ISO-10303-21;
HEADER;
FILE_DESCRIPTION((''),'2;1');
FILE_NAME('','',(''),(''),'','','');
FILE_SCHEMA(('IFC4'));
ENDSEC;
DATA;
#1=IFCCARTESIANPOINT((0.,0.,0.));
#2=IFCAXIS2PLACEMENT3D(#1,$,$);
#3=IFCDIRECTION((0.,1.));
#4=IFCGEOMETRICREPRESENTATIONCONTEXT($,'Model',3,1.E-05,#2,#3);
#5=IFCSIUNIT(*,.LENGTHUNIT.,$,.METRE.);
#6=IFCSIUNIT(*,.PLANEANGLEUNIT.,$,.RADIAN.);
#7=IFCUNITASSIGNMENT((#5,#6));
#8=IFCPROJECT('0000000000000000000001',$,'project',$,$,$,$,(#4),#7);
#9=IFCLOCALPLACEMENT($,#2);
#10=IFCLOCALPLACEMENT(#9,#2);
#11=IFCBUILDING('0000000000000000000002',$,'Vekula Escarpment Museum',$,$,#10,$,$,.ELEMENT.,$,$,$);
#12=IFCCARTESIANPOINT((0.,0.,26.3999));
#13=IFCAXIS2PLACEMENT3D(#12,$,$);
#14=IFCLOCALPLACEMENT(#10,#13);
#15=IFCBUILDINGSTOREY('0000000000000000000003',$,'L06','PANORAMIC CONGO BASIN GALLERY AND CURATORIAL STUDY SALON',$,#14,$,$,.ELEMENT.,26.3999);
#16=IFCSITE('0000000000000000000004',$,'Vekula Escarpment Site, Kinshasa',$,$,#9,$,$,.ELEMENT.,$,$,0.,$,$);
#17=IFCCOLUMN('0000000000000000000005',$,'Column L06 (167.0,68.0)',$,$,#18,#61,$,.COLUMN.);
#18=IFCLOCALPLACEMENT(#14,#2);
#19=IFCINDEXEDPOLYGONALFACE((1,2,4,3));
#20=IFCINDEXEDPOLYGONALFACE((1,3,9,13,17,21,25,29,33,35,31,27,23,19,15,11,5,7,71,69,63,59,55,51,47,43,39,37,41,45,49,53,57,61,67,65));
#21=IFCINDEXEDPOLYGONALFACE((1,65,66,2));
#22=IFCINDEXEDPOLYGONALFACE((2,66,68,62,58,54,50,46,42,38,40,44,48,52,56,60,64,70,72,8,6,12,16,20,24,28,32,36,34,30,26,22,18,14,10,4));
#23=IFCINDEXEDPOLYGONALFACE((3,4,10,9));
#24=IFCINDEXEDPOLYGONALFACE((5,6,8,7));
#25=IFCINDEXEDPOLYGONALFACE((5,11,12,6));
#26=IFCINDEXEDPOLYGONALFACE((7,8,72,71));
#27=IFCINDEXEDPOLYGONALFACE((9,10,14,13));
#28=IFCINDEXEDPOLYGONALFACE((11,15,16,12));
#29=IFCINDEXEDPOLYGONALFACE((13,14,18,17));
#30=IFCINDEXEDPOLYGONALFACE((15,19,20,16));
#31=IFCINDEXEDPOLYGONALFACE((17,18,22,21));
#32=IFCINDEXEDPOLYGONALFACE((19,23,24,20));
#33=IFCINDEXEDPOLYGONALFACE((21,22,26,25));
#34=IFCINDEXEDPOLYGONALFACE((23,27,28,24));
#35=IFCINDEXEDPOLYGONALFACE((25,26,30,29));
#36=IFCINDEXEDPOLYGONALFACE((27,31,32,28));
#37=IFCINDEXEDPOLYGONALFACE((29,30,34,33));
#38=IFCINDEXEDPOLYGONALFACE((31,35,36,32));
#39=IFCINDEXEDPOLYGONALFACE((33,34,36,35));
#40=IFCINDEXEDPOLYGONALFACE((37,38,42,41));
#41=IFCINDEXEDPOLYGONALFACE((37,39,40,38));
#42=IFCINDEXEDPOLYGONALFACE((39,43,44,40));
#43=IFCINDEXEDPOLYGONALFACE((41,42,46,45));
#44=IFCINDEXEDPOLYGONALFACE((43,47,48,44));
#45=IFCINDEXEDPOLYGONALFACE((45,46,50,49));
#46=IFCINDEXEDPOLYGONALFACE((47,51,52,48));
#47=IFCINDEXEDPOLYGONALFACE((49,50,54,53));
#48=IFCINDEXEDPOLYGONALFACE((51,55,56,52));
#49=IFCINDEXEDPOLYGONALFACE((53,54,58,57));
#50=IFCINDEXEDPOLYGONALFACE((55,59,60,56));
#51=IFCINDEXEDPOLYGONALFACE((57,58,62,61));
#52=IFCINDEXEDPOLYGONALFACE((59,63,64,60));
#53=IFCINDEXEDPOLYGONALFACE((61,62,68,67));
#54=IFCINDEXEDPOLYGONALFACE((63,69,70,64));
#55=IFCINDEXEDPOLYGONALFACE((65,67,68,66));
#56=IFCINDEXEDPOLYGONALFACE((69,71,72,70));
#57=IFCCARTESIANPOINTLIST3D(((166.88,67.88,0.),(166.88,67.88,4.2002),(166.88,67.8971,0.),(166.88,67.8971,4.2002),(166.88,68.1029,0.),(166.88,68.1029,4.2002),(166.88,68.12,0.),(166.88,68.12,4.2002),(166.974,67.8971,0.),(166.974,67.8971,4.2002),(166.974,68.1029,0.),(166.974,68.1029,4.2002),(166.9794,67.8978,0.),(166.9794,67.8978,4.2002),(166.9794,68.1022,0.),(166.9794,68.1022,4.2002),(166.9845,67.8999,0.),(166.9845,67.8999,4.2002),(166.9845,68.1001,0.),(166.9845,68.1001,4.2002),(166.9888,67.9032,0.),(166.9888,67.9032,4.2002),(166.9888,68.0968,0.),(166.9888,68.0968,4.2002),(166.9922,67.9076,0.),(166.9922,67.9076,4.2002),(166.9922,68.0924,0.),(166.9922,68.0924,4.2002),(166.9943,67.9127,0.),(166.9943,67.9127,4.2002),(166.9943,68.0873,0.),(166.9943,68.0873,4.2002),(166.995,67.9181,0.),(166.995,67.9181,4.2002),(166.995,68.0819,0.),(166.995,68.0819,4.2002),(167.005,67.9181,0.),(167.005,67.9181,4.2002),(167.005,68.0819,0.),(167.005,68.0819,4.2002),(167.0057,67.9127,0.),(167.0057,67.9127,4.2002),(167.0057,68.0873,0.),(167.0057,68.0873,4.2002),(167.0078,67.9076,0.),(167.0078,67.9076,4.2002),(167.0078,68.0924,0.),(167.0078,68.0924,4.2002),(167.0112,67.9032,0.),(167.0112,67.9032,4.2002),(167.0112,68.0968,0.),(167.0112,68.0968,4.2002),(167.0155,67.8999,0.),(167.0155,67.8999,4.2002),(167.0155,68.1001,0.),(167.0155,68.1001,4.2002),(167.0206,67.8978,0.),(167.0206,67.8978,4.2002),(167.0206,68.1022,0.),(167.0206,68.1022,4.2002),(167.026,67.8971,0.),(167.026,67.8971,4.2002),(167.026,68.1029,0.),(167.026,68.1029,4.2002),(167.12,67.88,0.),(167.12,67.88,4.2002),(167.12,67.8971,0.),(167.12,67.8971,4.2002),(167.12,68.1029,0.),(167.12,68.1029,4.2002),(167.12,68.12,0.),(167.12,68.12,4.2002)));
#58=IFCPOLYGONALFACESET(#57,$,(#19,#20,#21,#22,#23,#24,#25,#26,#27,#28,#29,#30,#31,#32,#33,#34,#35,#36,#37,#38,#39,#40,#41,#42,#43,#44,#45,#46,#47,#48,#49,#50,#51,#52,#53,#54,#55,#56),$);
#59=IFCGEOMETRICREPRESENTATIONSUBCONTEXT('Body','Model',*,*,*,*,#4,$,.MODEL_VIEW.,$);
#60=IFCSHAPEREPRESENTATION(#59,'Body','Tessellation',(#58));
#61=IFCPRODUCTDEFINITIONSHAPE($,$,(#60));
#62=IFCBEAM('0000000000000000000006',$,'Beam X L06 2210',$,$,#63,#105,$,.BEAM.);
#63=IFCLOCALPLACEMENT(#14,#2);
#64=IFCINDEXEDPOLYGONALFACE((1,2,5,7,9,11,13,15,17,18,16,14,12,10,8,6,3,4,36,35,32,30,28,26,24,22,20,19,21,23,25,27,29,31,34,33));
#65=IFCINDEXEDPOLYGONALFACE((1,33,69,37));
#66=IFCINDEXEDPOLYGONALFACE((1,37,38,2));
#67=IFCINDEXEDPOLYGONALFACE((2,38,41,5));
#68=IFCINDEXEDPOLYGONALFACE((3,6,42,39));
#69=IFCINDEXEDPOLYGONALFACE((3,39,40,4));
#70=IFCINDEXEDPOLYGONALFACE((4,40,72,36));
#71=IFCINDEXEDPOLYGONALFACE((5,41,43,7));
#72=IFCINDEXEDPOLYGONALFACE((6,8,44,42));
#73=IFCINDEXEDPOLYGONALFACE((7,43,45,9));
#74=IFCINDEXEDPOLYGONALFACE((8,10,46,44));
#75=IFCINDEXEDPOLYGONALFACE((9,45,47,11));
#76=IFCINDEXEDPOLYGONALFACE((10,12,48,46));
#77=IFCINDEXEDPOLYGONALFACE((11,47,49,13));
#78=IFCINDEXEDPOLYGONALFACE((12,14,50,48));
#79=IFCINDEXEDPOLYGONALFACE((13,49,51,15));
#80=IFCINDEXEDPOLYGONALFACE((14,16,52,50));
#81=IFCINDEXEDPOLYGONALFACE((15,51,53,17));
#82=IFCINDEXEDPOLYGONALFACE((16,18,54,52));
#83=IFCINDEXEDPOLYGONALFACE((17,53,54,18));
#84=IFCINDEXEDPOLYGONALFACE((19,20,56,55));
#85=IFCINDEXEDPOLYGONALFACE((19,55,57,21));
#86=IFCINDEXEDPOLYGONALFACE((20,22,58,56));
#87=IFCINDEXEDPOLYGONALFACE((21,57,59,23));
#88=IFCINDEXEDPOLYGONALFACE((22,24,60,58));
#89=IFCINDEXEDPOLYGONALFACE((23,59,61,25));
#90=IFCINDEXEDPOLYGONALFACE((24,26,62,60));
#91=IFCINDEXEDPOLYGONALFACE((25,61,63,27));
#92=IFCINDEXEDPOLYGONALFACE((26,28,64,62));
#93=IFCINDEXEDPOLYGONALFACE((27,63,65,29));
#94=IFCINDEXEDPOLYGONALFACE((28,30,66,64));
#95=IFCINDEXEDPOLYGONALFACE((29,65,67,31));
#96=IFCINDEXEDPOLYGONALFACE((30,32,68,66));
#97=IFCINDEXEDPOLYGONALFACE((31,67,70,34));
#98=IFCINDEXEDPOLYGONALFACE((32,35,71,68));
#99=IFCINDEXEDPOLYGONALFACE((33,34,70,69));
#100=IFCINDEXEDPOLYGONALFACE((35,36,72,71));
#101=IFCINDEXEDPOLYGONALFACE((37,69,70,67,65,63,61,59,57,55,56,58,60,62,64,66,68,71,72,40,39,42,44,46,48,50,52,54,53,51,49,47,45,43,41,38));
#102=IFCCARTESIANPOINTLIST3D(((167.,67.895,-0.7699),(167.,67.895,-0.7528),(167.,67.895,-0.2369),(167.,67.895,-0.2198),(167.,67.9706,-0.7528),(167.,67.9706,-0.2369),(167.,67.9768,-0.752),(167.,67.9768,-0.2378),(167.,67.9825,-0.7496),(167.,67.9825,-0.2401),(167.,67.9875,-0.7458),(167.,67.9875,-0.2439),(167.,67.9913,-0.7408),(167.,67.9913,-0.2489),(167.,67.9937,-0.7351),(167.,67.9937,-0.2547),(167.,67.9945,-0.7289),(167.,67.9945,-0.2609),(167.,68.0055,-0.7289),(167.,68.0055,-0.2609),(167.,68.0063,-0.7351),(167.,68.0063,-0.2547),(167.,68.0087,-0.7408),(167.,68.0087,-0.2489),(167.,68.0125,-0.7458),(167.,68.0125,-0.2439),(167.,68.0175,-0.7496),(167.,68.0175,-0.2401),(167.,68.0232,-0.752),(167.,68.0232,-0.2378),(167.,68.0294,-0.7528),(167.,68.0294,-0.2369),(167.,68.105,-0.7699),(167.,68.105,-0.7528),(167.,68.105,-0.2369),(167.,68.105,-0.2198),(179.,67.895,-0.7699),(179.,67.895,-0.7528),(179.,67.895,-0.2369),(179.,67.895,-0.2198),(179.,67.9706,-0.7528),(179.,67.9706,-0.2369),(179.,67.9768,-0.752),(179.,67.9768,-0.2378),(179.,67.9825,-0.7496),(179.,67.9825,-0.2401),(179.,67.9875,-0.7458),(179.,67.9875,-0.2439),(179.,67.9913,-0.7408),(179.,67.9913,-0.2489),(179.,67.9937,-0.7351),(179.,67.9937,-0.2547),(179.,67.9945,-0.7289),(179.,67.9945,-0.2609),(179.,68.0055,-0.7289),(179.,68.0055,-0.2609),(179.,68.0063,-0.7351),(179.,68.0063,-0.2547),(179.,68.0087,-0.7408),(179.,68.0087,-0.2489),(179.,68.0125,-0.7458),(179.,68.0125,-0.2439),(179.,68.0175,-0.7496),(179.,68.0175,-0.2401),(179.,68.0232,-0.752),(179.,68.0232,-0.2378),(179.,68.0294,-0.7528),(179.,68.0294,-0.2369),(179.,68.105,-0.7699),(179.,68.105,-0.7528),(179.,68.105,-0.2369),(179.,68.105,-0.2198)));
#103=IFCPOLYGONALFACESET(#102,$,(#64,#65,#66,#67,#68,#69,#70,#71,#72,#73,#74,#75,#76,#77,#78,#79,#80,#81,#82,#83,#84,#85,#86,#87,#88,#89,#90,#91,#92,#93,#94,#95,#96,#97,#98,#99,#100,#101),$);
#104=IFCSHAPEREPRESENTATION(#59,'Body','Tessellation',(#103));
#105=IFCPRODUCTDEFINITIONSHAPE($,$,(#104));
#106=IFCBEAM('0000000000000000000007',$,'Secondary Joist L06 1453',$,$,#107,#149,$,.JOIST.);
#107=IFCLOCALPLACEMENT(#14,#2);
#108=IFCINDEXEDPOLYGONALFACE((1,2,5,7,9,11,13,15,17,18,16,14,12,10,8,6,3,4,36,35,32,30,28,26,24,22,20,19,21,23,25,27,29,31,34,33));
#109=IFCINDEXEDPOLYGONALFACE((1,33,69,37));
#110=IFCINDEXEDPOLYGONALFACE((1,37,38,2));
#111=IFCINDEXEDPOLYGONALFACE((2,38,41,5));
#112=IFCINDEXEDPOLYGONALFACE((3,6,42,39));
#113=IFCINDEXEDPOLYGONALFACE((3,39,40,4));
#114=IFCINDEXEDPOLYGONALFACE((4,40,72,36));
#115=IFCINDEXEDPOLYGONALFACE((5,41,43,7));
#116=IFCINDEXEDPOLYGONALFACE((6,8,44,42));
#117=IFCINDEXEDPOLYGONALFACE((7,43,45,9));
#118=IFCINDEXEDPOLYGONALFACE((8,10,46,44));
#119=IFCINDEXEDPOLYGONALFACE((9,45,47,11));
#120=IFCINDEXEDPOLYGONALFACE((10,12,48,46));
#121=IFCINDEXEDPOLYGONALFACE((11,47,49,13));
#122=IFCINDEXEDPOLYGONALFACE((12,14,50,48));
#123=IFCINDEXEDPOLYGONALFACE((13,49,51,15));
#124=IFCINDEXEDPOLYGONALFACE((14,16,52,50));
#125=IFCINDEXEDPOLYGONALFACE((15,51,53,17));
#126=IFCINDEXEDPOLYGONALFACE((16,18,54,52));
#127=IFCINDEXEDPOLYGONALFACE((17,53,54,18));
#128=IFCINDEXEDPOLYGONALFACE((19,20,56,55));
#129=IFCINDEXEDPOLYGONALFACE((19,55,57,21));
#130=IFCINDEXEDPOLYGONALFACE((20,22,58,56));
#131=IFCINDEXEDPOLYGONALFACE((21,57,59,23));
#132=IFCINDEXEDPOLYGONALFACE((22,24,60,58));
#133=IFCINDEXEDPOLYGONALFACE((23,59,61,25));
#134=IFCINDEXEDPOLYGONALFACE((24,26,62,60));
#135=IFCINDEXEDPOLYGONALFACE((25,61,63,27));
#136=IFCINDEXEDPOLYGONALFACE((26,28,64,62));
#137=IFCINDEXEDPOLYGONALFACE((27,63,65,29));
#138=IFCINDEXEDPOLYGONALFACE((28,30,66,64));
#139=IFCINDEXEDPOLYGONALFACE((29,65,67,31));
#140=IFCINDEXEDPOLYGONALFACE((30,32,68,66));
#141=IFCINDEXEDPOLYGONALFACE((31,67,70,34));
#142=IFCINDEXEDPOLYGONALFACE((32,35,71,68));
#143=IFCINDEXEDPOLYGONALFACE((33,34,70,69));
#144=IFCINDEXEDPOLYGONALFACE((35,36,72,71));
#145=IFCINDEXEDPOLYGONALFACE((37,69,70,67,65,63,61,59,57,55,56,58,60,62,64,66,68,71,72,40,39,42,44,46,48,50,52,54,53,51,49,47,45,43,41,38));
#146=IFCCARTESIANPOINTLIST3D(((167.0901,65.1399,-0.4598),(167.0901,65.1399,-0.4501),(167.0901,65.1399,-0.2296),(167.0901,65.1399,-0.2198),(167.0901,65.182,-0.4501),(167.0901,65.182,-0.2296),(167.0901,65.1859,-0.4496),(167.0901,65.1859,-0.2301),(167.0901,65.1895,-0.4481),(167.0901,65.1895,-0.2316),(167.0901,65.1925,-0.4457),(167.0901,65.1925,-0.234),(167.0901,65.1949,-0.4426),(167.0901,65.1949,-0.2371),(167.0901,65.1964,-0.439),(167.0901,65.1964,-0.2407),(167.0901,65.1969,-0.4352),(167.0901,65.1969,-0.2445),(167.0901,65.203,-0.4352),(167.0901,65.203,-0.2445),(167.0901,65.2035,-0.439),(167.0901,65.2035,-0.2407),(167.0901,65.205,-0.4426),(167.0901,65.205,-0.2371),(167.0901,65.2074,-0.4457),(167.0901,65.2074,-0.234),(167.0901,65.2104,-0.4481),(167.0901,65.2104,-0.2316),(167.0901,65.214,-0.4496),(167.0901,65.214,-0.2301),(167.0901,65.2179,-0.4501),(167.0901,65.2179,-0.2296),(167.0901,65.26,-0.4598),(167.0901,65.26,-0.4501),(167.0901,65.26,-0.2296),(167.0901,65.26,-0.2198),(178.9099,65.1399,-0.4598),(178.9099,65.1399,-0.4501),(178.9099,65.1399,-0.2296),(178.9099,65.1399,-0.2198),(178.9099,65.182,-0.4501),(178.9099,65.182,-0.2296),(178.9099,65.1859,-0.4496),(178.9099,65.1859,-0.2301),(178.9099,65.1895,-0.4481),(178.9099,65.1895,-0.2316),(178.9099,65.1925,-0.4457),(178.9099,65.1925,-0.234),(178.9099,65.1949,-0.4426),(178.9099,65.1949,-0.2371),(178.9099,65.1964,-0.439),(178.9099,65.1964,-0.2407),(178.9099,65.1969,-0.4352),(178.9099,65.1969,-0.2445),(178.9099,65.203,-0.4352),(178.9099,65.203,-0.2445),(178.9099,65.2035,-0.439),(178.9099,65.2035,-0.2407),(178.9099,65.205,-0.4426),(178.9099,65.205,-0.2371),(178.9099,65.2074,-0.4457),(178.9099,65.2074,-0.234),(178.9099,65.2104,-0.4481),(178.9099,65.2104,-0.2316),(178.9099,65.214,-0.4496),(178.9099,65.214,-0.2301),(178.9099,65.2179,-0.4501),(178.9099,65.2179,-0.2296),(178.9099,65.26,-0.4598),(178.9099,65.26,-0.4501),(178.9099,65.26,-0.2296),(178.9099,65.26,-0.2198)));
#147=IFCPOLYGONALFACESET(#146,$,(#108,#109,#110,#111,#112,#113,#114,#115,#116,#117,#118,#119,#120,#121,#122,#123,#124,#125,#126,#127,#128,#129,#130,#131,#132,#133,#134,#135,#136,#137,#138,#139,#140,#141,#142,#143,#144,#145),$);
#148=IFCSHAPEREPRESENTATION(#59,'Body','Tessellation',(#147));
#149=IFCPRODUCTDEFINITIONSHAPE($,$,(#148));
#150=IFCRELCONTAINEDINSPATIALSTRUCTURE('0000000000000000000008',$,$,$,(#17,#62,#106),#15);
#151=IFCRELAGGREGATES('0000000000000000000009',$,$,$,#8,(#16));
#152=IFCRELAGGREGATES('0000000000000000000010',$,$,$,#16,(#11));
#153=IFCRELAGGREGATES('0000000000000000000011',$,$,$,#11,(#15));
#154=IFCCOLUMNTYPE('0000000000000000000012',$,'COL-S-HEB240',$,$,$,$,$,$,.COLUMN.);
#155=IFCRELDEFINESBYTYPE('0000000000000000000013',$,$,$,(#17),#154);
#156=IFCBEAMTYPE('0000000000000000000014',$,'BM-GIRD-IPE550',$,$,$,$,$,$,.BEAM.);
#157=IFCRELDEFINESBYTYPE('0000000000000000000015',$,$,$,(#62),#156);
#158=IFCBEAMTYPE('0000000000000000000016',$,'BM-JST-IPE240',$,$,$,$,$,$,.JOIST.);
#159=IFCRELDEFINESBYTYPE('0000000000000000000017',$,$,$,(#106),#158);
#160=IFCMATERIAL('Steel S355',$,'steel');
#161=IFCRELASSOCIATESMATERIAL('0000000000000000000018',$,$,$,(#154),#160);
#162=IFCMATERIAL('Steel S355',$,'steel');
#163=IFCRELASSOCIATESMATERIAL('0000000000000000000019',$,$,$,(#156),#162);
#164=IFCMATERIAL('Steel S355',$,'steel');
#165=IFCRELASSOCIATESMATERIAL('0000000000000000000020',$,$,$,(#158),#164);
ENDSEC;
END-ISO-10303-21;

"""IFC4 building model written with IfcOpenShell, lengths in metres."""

from ifc_helpers import new_model, si_unit, direction, frame, origin, origin_2d, place, context, subcontext, project, spatial, i_section, extrude, material, material_profile, profile_set, type_object, element, save


model = new_model("IFC4")

# Units and contexts
model_context = context("Model", 3, precision=1e-05, world=origin(), true_north=direction((0.0, 1.0)))
body_context = subcontext(model_context, "Body", "Model", "MODEL_VIEW")
ifc_project = project(units=[si_unit("LENGTHUNIT", "METRE"), si_unit("PLANEANGLEUNIT", "RADIAN")], contexts=[model_context])

# Site, building, storey
site_placement = place(None, origin())
site = spatial("IfcSite", under=ifc_project, at=site_placement, Name="Vekula Escarpment Site, Kinshasa", CompositionType="ELEMENT", RefElevation=0.0)
building_placement = place(site_placement, origin())
building = spatial("IfcBuilding", under=site, at=building_placement, Name="Vekula Escarpment Museum", CompositionType="ELEMENT")
storey_placement = place(building_placement, frame((0.0, 0.0, 26.3999)))
storey = spatial("IfcBuildingStorey", under=building, at=storey_placement, Name="L06", Description="PANORAMIC CONGO BASIN GALLERY AND CURATORIAL STUDY SALON", CompositionType="ELEMENT", Elevation=26.3999)

# Column
ifc_material_1 = material(Name="Steel S355", Category="steel")
ifc_material_profile_1 = material_profile(ifc_material_1, i_section(OverallWidth=0.24, OverallDepth=0.24, WebThickness=0.01, FlangeThickness=0.0171, FilletRadius=0.021, at=origin_2d()), Name="HEB 240")
ifc_profile_set_1 = profile_set([ifc_material_profile_1], Name="Steel S355")
column_type = type_object("IfcColumnType", Name="COL-S-HEB240", PredefinedType="COLUMN", material=ifc_profile_set_1)
column_placement = place(storey_placement, frame((167.0, 68.0, 0.0), z_axis=(0.0, 0.0, 1.0), x_axis=(1.0, 0.0, 0.0)))
element("IfcColumn", 1, at=column_placement, inside=storey, type_object=column_type, Name="Column L06 (167.0,68.0)", PredefinedType="COLUMN", context=body_context, shape_type="SweptSolid", body=[
    extrude(i_section(OverallWidth=0.24, OverallDepth=0.24, WebThickness=0.01, FlangeThickness=0.0171, FilletRadius=0.021, at=origin_2d()), origin(), (0.0, 0.0, 1.0), 4.2002),
])

# Beams
ifc_material_2 = material(Name="Steel S355", Category="steel")
ifc_material_profile_2 = material_profile(ifc_material_2, i_section(OverallWidth=0.21, OverallDepth=0.55, WebThickness=0.011, FlangeThickness=0.0171, FilletRadius=0.0239, at=origin_2d()), Name="IPE 550")
ifc_profile_set_2 = profile_set([ifc_material_profile_2], Name="Steel S355")
beam_type_1 = type_object("IfcBeamType", Name="BM-GIRD-IPE550", PredefinedType="BEAM", material=ifc_profile_set_2)
beam_1_placement = place(storey_placement, frame((167.0, 68.0, -0.4949), z_axis=(1.0, 0.0, 0.0), x_axis=(0.0, 1.0, 0.0)))
element("IfcBeam", 2, at=beam_1_placement, inside=storey, type_object=beam_type_1, Name="Beam X L06 2210", PredefinedType="BEAM", context=body_context, shape_type="SweptSolid", body=[
    extrude(i_section(OverallWidth=0.21, OverallDepth=0.55, WebThickness=0.011, FlangeThickness=0.0171, FilletRadius=0.0239, at=origin_2d()), origin(), (0.0, 0.0, 1.0), 12.0),
])
ifc_material_3 = material(Name="Steel S355", Category="steel")
ifc_material_profile_3 = material_profile(ifc_material_3, i_section(OverallWidth=0.1201, OverallDepth=0.24, WebThickness=0.0061, FlangeThickness=0.0098, FilletRadius=0.0149, at=origin_2d()), Name="IPE 240")
ifc_profile_set_3 = profile_set([ifc_material_profile_3], Name="Steel S355")
beam_type_2 = type_object("IfcBeamType", Name="BM-JST-IPE240", PredefinedType="JOIST", material=ifc_profile_set_3)
beam_2_placement = place(storey_placement, frame((167.0901, 65.2, -0.3398), z_axis=(1.0, 0.0, 0.0), x_axis=(0.0, 1.0, 0.0)))
element("IfcBeam", 3, at=beam_2_placement, inside=storey, type_object=beam_type_2, Name="Secondary Joist L06 1453", PredefinedType="JOIST", context=body_context, shape_type="SweptSolid", body=[
    extrude(i_section(OverallWidth=0.1201, OverallDepth=0.24, WebThickness=0.0061, FlangeThickness=0.0098, FilletRadius=0.0149, at=origin_2d()), origin(), (0.0, 0.0, 1.0), 11.8198),
])

save(model, "model.ifc")
